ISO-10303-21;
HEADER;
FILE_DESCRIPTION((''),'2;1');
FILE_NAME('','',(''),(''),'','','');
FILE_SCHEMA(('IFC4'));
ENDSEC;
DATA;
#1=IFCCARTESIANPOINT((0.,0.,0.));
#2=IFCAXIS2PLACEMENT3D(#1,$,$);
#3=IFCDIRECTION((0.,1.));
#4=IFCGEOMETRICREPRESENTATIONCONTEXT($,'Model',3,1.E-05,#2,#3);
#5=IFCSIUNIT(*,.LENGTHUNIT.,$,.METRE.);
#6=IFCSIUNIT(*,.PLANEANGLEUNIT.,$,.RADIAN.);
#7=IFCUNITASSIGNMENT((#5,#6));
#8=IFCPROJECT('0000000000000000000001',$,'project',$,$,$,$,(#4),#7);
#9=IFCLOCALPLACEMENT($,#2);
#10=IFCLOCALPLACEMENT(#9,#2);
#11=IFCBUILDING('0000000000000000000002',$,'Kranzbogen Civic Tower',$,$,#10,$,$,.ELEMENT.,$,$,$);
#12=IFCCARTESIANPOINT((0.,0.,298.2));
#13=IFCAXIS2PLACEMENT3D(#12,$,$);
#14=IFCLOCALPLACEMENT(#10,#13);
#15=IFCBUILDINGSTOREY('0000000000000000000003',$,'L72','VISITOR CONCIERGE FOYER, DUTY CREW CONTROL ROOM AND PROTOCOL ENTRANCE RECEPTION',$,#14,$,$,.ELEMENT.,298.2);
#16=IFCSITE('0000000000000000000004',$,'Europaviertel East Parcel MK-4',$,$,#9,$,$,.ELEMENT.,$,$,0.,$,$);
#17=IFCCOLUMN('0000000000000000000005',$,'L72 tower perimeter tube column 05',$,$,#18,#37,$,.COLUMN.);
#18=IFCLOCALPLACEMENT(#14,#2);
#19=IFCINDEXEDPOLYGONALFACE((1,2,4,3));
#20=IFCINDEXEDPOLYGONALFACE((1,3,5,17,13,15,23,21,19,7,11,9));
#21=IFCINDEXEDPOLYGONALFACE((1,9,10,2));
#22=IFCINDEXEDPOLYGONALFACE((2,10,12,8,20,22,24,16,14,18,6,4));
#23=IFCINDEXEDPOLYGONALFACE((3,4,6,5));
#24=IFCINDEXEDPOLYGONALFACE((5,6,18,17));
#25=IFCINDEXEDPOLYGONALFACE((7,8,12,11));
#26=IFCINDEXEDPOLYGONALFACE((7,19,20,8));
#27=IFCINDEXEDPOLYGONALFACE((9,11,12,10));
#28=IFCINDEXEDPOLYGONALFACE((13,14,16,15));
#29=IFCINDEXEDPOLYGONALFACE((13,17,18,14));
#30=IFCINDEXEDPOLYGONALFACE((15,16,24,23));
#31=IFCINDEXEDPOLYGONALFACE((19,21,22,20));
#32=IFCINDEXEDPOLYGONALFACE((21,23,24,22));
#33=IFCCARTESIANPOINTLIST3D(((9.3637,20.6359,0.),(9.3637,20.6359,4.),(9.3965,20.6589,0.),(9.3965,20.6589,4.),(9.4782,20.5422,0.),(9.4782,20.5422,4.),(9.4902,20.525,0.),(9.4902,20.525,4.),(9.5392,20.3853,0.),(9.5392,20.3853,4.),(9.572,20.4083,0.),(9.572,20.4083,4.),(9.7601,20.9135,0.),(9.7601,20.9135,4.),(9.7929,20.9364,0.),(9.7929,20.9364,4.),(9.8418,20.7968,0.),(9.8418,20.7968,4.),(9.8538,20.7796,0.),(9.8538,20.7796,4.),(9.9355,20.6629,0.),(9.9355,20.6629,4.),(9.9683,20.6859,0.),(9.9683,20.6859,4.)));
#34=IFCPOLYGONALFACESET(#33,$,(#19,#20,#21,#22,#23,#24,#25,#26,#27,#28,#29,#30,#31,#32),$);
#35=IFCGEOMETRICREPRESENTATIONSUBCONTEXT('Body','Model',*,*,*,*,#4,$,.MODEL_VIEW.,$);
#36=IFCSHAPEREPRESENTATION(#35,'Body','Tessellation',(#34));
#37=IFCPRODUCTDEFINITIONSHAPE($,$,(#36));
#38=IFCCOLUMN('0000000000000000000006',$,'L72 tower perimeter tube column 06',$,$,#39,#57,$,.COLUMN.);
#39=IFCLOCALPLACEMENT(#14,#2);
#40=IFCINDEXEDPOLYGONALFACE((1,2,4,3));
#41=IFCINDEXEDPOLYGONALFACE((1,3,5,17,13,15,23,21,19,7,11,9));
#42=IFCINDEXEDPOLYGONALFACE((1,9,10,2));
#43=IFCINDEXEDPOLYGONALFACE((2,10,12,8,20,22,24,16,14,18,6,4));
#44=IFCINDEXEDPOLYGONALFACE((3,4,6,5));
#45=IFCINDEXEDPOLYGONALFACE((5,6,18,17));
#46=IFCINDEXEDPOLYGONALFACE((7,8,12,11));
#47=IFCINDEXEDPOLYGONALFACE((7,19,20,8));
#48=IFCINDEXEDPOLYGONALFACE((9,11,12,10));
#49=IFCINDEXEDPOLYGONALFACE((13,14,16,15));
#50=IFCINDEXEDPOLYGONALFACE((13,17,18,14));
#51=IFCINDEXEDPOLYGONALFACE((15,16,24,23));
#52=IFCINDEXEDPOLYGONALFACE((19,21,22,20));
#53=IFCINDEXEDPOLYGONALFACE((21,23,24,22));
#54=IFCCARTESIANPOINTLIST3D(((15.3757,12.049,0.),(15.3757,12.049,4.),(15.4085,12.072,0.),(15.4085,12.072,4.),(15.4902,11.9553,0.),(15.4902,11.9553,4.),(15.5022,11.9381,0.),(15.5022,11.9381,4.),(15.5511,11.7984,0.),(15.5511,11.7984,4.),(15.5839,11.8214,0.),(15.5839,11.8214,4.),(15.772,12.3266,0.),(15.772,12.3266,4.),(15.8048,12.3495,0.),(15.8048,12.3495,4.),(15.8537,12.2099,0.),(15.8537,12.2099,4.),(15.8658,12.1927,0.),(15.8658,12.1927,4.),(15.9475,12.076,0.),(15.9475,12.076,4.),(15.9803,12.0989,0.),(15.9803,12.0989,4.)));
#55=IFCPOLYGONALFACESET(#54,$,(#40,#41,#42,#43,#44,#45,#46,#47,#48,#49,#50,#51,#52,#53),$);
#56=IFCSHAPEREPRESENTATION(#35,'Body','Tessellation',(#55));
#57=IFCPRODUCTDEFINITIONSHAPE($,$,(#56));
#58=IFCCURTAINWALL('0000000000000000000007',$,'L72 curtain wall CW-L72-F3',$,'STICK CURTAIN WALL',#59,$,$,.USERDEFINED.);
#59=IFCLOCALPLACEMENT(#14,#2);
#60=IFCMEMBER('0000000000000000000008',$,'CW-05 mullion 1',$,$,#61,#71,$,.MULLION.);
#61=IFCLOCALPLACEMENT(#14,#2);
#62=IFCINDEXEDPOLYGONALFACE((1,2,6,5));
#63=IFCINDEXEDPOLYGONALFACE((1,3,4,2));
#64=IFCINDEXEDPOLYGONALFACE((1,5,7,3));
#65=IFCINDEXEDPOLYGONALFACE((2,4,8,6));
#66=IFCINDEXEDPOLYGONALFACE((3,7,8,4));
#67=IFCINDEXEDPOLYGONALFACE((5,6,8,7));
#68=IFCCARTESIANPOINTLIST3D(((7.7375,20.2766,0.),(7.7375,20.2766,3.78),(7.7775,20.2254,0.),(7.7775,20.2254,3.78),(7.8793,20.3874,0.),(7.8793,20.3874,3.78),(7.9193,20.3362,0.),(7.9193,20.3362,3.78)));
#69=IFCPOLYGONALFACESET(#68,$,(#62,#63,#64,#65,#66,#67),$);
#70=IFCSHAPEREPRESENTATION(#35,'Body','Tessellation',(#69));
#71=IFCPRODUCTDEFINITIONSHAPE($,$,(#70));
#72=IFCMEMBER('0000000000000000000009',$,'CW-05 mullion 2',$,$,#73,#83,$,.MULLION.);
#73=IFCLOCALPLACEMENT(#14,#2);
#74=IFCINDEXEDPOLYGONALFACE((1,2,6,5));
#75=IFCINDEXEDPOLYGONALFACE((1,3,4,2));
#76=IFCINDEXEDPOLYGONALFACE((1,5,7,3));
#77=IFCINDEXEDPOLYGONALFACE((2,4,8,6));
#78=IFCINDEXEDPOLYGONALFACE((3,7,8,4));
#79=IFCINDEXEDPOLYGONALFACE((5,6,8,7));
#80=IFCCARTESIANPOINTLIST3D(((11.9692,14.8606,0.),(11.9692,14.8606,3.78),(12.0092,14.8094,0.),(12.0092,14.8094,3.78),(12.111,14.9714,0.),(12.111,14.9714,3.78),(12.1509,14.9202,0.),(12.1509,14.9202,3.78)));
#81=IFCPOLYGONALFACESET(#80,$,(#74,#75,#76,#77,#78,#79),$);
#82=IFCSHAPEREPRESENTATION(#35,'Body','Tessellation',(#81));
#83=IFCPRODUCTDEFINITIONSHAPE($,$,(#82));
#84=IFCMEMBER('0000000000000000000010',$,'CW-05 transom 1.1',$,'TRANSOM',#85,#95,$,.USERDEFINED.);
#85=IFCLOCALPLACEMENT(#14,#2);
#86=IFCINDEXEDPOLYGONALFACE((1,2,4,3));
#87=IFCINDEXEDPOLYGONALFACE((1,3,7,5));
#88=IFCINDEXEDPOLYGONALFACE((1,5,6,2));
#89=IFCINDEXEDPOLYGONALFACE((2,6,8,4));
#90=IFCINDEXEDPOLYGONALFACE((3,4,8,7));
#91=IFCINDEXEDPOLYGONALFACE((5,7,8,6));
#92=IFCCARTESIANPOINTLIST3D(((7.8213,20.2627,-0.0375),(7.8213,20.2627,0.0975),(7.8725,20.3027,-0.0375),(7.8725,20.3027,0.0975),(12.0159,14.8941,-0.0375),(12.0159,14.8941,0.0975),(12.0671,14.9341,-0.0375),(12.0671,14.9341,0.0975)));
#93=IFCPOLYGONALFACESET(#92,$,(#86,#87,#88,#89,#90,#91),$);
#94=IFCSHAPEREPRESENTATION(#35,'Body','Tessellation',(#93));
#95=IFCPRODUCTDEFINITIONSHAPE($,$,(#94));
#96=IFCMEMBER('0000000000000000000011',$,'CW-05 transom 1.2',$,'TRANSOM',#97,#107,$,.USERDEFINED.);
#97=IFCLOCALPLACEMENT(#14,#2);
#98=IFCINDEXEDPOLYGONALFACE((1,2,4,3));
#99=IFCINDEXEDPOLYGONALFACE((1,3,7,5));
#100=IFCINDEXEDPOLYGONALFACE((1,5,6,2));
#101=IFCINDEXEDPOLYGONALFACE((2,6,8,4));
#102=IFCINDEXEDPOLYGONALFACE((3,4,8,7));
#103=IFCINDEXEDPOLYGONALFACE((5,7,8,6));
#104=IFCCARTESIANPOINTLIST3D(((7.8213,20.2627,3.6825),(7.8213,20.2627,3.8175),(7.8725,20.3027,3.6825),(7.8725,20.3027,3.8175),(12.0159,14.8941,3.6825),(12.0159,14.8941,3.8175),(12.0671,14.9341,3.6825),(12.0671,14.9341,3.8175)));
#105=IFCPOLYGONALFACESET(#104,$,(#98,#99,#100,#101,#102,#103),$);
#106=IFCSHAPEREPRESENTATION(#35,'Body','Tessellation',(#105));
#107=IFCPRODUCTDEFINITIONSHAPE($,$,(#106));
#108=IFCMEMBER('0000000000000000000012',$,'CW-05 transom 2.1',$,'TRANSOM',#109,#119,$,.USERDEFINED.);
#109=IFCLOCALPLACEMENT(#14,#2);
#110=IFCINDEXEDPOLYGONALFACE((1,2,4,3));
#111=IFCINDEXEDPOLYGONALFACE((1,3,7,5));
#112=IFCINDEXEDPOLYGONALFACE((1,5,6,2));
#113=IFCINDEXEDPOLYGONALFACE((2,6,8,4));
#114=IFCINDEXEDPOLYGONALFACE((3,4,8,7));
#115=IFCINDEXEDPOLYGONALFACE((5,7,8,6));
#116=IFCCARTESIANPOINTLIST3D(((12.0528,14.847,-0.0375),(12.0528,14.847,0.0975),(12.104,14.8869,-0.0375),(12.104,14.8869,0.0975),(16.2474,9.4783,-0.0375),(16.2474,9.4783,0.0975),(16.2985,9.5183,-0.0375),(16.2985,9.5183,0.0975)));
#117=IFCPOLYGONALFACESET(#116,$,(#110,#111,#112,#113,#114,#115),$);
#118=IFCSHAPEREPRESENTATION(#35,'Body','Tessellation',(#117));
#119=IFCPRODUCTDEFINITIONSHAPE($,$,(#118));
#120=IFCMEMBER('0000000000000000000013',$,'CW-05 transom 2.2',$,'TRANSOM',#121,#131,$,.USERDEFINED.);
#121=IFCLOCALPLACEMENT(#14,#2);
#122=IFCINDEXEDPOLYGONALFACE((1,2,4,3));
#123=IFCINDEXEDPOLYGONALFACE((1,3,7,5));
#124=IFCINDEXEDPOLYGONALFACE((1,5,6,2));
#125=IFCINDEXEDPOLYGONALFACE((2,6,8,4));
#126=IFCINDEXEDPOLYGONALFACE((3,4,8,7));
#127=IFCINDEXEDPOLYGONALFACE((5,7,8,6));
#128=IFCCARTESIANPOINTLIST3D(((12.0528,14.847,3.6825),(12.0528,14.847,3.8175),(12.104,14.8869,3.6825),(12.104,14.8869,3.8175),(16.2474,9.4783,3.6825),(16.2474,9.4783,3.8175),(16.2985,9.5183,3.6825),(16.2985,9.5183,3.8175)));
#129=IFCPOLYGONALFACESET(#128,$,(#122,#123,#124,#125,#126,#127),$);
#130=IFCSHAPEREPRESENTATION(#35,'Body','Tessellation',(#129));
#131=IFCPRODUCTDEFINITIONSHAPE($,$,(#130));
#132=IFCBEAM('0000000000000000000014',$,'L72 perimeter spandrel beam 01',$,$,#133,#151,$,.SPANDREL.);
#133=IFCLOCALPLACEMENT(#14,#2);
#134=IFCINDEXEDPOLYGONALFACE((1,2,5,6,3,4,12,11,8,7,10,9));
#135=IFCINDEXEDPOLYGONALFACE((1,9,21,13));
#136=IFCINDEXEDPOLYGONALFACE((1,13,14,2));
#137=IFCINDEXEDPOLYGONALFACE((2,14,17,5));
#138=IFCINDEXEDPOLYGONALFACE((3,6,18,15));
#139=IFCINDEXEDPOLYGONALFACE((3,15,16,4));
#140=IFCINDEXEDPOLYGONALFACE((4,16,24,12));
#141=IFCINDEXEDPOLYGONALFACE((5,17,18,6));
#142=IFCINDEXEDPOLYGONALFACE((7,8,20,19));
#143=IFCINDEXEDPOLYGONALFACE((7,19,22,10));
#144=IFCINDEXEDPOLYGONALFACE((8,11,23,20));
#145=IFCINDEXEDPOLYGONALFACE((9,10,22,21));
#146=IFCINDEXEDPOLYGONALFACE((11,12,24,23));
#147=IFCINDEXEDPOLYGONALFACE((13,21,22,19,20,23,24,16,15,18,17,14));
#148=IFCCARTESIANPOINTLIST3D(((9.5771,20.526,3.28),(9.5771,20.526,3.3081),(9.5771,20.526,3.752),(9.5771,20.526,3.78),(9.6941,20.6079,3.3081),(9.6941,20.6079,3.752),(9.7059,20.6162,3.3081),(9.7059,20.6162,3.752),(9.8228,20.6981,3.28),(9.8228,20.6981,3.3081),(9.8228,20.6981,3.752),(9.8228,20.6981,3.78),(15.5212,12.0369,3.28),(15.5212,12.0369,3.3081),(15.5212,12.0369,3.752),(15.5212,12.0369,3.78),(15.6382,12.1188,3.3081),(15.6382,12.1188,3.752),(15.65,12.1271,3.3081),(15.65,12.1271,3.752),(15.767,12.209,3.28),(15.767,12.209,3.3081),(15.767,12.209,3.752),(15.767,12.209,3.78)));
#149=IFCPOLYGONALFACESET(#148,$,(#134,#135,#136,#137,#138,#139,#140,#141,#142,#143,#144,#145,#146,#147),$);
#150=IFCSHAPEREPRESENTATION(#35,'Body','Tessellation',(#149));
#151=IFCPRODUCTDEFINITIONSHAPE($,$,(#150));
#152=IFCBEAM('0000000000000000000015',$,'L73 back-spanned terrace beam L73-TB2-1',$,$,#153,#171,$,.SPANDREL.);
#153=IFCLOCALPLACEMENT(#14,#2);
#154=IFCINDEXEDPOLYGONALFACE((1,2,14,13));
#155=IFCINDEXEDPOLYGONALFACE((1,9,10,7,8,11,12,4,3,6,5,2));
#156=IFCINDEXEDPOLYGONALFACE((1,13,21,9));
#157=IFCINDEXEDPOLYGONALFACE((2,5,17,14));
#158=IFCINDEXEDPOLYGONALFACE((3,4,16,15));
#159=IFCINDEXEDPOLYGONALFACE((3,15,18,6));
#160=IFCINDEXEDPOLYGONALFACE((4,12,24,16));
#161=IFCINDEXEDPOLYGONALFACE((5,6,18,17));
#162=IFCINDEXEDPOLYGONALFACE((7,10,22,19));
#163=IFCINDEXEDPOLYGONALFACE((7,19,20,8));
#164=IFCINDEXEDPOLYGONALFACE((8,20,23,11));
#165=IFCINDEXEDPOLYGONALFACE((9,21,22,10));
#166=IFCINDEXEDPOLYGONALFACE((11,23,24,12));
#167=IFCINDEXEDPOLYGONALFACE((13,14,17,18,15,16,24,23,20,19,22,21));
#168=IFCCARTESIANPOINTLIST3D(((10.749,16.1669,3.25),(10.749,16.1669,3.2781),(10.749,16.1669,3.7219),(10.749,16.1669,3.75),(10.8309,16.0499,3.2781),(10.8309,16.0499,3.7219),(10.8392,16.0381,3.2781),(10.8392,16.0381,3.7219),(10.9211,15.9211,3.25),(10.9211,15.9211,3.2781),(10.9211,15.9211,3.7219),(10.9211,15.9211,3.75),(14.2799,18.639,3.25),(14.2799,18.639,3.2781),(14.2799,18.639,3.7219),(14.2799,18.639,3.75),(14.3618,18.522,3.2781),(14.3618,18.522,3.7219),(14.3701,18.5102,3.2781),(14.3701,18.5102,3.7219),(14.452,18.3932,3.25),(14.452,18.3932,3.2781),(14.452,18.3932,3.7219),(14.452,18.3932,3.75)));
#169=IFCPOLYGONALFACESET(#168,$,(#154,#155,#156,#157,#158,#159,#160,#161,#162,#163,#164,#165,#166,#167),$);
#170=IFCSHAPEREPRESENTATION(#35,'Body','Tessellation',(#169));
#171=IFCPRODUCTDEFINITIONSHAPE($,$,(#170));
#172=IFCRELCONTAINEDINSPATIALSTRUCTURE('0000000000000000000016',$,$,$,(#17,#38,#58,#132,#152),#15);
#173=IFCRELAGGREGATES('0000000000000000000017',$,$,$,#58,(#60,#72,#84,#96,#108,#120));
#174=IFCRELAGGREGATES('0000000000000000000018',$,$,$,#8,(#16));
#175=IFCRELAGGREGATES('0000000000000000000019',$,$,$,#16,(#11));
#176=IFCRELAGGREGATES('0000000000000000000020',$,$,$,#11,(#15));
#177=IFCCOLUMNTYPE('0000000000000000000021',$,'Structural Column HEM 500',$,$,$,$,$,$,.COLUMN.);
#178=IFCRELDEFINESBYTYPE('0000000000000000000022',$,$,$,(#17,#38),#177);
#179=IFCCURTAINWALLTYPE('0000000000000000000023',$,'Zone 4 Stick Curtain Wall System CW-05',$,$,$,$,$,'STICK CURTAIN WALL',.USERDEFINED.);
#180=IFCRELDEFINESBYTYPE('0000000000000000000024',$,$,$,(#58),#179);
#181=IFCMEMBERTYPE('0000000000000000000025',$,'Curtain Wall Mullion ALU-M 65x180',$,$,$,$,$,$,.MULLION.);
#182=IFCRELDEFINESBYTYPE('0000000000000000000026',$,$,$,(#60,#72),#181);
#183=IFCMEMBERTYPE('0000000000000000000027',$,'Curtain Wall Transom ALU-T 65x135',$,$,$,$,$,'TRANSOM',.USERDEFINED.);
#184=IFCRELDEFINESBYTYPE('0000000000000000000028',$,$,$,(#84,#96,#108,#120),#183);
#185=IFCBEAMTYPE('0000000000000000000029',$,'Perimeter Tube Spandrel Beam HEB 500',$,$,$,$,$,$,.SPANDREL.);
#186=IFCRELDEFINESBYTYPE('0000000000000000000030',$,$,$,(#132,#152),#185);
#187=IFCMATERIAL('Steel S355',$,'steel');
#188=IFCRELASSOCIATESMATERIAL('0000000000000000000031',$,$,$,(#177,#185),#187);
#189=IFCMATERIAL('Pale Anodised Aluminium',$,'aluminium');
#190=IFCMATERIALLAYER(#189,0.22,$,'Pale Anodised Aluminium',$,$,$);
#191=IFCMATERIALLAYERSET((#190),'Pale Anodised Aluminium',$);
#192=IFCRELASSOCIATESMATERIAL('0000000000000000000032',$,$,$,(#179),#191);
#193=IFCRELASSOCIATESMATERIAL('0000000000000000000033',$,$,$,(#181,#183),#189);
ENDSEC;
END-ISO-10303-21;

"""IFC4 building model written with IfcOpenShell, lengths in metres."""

from ifc_helpers import new_model, si_unit, direction, frame, origin, origin_2d, place, context, subcontext, project, spatial, rectangle, i_section, extrude, material, layer, layer_set, material_profile, profile_set, type_object, element, aggregate, save


model = new_model("IFC4")

# Units and contexts
model_context = context("Model", 3, precision=1e-05, world=origin(), true_north=direction((0.0, 1.0)))
body_context = subcontext(model_context, "Body", "Model", "MODEL_VIEW")
ifc_project = project(units=[si_unit("LENGTHUNIT", "METRE"), si_unit("PLANEANGLEUNIT", "RADIAN")], contexts=[model_context])

# Site, building, storey
site_placement = place(None, origin())
site = spatial("IfcSite", under=ifc_project, at=site_placement, Name="Europaviertel East Parcel MK-4", CompositionType="ELEMENT", RefElevation=0.0)
building_placement = place(site_placement, origin())
building = spatial("IfcBuilding", under=site, at=building_placement, Name="Kranzbogen Civic Tower", CompositionType="ELEMENT")
storey_placement = place(building_placement, frame((0.0, 0.0, 298.2)))
storey = spatial("IfcBuildingStorey", under=building, at=storey_placement, Name="L72", Description="VISITOR CONCIERGE FOYER, DUTY CREW CONTROL ROOM AND PROTOCOL ENTRANCE RECEPTION", CompositionType="ELEMENT", Elevation=298.2)

# Columns
ifc_material_1 = material(Name="Steel S355", Category="steel")
ifc_material_profile_1 = material_profile(ifc_material_1, i_section(OverallWidth=0.3059, OverallDepth=0.5239, WebThickness=0.021, FlangeThickness=0.04, at=origin_2d()), Name="HEM 500")
ifc_profile_set_1 = profile_set([ifc_material_profile_1], Name="Steel S355")
column_type = type_object("IfcColumnType", Name="Structural Column HEM 500", PredefinedType="COLUMN", material=ifc_profile_set_1)
for number, where, z_axis, x_axis, name in (
    (1, (9.666, 20.6609, 0.0), (0.0, 0.0, 1.0), (-0.573576, 0.819152, 0.0), "L72 tower perimeter tube column 05"),
    (2, (15.678, 12.074, 0.0), (0.0, 0.0, 1.0), (-0.573576, 0.819152, 0.0), "L72 tower perimeter tube column 06"),
):
    element("IfcColumn", number, at=place(storey_placement, frame(where, z_axis=z_axis, x_axis=x_axis)), inside=storey, type_object=column_type, Name=name, PredefinedType="COLUMN", context=body_context, shape_type="SweptSolid", body=[
        extrude(i_section(OverallWidth=0.3059, OverallDepth=0.5239, WebThickness=0.021, FlangeThickness=0.04, at=origin_2d()), origin(), (0.0, 0.0, 1.0), 4.0),
    ])

# Curtain wall, members
ifc_material_2 = material(Name="Pale Anodised Aluminium", Category="aluminium")
ifc_layer_1 = layer(ifc_material_2, 0.22, Name="Pale Anodised Aluminium")
ifc_layer_set_1 = layer_set([ifc_layer_1], Name="Pale Anodised Aluminium")
curtain_wall_type = type_object("IfcCurtainWallType", Name="Zone 4 Stick Curtain Wall System CW-05", ElementType="STICK CURTAIN WALL", PredefinedType="USERDEFINED", material=ifc_layer_set_1)
curtain_wall_placement = place(storey_placement, origin())
curtain_wall = element("IfcCurtainWall", 3, at=curtain_wall_placement, inside=storey, type_object=curtain_wall_type, Name="L72 curtain wall CW-L72-F3", ObjectType="STICK CURTAIN WALL", PredefinedType="USERDEFINED")
ifc_material_profile_2 = material_profile(ifc_material_2, rectangle(XDim=0.0649, YDim=0.1799, at=origin_2d()), Name="ALU-M 65x180")
ifc_profile_set_2 = profile_set([ifc_material_profile_2], Name="Pale Anodised Aluminium")
member_type_1 = type_object("IfcMemberType", Name="Curtain Wall Mullion ALU-M 65x180", PredefinedType="MULLION", material=ifc_profile_set_2)
member_1_placement = place(storey_placement, frame((7.8284, 20.3064, 0.0), z_axis=(0.0, 0.0, 1.0), x_axis=(0.615679, -0.787997, 0.0)))
member_1 = element("IfcMember", 4, at=member_1_placement, type_object=member_type_1, Name="CW-05 mullion 1", PredefinedType="MULLION", context=body_context, shape_type="SweptSolid", body=[
    extrude(rectangle(XDim=0.0649, YDim=0.1799, at=origin_2d()), origin(), (0.0, 0.0, 1.0), 3.78),
])
member_2_placement = place(storey_placement, frame((12.0601, 14.8904, 0.0), z_axis=(0.0, 0.0, 1.0), x_axis=(0.615679, -0.787997, 0.0)))
member_2 = element("IfcMember", 5, at=member_2_placement, type_object=member_type_1, Name="CW-05 mullion 2", PredefinedType="MULLION", context=body_context, shape_type="SweptSolid", body=[
    extrude(rectangle(XDim=0.0649, YDim=0.1799, at=origin_2d()), origin(), (0.0, 0.0, 1.0), 3.78),
])
ifc_material_profile_3 = material_profile(ifc_material_2, rectangle(XDim=0.0649, YDim=0.135, at=origin_2d()), Name="ALU-T 65x135")
ifc_profile_set_3 = profile_set([ifc_material_profile_3], Name="Pale Anodised Aluminium")
member_type_2 = type_object("IfcMemberType", Name="Curtain Wall Transom ALU-T 65x135", ElementType="TRANSOM", PredefinedType="USERDEFINED", material=ifc_profile_set_3)
member_3_placement = place(storey_placement, frame((7.8469, 20.2827, 0.03), z_axis=(0.615673, -0.788002, 0.0), x_axis=(0.788002, 0.615673, 0.0)))
member_3 = element("IfcMember", 6, at=member_3_placement, type_object=member_type_2, Name="CW-05 transom 1.1", ObjectType="TRANSOM", PredefinedType="USERDEFINED", context=body_context, shape_type="SweptSolid", body=[
    extrude(rectangle(XDim=0.0649, YDim=0.135, at=origin_2d()), origin(), (0.0, 0.0, 1.0), 6.813),
])
member_4_placement = place(storey_placement, frame((7.8469, 20.2827, 3.75), z_axis=(0.615673, -0.788002, 0.0), x_axis=(0.788002, 0.615673, 0.0)))
member_4 = element("IfcMember", 7, at=member_4_placement, type_object=member_type_2, Name="CW-05 transom 1.2", ObjectType="TRANSOM", PredefinedType="USERDEFINED", context=body_context, shape_type="SweptSolid", body=[
    extrude(rectangle(XDim=0.0649, YDim=0.135, at=origin_2d()), origin(), (0.0, 0.0, 1.0), 6.813),
])
member_5_placement = place(storey_placement, frame((12.0784, 14.8669, 0.03), z_axis=(0.615673, -0.788002, 0.0), x_axis=(0.788002, 0.615673, 0.0)))
member_5 = element("IfcMember", 8, at=member_5_placement, type_object=member_type_2, Name="CW-05 transom 2.1", ObjectType="TRANSOM", PredefinedType="USERDEFINED", context=body_context, shape_type="SweptSolid", body=[
    extrude(rectangle(XDim=0.0649, YDim=0.135, at=origin_2d()), origin(), (0.0, 0.0, 1.0), 6.813),
])
member_6_placement = place(storey_placement, frame((12.0784, 14.8669, 3.75), z_axis=(0.615673, -0.788002, 0.0), x_axis=(0.788002, 0.615673, 0.0)))
member_6 = element("IfcMember", 9, at=member_6_placement, type_object=member_type_2, Name="CW-05 transom 2.2", ObjectType="TRANSOM", PredefinedType="USERDEFINED", context=body_context, shape_type="SweptSolid", body=[
    extrude(rectangle(XDim=0.0649, YDim=0.135, at=origin_2d()), origin(), (0.0, 0.0, 1.0), 6.813),
])

# Beams
ifc_material_profile_4 = material_profile(ifc_material_1, i_section(OverallWidth=0.3, OverallDepth=0.5, WebThickness=0.0144, FlangeThickness=0.0281, at=origin_2d()), Name="HEB 500")
ifc_profile_set_4 = profile_set([ifc_material_profile_4], Name="Steel S355")
beam_type_1 = type_object("IfcBeamType", Name="Perimeter Tube Spandrel Beam HEB 500", PredefinedType="SPANDREL", material=ifc_profile_set_4)
beam_1_placement = place(storey_placement, frame((9.7, 20.6121, 3.53), z_axis=(0.573578, -0.819151, 0.0), x_axis=(0.819151, 0.573578, 0.0)))
element("IfcBeam", 10, at=beam_1_placement, inside=storey, type_object=beam_type_1, Name="L72 perimeter spandrel beam 01", PredefinedType="SPANDREL", context=body_context, shape_type="SweptSolid", body=[
    extrude(i_section(OverallWidth=0.3, OverallDepth=0.5, WebThickness=0.0144, FlangeThickness=0.0281, at=origin_2d()), origin(), (0.0, 0.0, 1.0), 10.3633),
])
beam_2_placement = place(storey_placement, frame((14.366, 18.5161, 3.5), z_axis=(-0.819181, -0.573535, 0.0), x_axis=(0.573535, -0.819181, 0.0)))
element("IfcBeam", 11, at=beam_2_placement, inside=storey, type_object=beam_type_1, Name="L73 back-spanned terrace beam L73-TB2-1", PredefinedType="SPANDREL", context=body_context, shape_type="SweptSolid", body=[
    extrude(i_section(OverallWidth=0.3, OverallDepth=0.5, WebThickness=0.0144, FlangeThickness=0.0281, at=origin_2d()), origin(), (0.0, 0.0, 1.0), 4.3103),
])

aggregate(curtain_wall, [member_1, member_2, member_3, member_4, member_5, member_6])

save(model, "model.ifc")
